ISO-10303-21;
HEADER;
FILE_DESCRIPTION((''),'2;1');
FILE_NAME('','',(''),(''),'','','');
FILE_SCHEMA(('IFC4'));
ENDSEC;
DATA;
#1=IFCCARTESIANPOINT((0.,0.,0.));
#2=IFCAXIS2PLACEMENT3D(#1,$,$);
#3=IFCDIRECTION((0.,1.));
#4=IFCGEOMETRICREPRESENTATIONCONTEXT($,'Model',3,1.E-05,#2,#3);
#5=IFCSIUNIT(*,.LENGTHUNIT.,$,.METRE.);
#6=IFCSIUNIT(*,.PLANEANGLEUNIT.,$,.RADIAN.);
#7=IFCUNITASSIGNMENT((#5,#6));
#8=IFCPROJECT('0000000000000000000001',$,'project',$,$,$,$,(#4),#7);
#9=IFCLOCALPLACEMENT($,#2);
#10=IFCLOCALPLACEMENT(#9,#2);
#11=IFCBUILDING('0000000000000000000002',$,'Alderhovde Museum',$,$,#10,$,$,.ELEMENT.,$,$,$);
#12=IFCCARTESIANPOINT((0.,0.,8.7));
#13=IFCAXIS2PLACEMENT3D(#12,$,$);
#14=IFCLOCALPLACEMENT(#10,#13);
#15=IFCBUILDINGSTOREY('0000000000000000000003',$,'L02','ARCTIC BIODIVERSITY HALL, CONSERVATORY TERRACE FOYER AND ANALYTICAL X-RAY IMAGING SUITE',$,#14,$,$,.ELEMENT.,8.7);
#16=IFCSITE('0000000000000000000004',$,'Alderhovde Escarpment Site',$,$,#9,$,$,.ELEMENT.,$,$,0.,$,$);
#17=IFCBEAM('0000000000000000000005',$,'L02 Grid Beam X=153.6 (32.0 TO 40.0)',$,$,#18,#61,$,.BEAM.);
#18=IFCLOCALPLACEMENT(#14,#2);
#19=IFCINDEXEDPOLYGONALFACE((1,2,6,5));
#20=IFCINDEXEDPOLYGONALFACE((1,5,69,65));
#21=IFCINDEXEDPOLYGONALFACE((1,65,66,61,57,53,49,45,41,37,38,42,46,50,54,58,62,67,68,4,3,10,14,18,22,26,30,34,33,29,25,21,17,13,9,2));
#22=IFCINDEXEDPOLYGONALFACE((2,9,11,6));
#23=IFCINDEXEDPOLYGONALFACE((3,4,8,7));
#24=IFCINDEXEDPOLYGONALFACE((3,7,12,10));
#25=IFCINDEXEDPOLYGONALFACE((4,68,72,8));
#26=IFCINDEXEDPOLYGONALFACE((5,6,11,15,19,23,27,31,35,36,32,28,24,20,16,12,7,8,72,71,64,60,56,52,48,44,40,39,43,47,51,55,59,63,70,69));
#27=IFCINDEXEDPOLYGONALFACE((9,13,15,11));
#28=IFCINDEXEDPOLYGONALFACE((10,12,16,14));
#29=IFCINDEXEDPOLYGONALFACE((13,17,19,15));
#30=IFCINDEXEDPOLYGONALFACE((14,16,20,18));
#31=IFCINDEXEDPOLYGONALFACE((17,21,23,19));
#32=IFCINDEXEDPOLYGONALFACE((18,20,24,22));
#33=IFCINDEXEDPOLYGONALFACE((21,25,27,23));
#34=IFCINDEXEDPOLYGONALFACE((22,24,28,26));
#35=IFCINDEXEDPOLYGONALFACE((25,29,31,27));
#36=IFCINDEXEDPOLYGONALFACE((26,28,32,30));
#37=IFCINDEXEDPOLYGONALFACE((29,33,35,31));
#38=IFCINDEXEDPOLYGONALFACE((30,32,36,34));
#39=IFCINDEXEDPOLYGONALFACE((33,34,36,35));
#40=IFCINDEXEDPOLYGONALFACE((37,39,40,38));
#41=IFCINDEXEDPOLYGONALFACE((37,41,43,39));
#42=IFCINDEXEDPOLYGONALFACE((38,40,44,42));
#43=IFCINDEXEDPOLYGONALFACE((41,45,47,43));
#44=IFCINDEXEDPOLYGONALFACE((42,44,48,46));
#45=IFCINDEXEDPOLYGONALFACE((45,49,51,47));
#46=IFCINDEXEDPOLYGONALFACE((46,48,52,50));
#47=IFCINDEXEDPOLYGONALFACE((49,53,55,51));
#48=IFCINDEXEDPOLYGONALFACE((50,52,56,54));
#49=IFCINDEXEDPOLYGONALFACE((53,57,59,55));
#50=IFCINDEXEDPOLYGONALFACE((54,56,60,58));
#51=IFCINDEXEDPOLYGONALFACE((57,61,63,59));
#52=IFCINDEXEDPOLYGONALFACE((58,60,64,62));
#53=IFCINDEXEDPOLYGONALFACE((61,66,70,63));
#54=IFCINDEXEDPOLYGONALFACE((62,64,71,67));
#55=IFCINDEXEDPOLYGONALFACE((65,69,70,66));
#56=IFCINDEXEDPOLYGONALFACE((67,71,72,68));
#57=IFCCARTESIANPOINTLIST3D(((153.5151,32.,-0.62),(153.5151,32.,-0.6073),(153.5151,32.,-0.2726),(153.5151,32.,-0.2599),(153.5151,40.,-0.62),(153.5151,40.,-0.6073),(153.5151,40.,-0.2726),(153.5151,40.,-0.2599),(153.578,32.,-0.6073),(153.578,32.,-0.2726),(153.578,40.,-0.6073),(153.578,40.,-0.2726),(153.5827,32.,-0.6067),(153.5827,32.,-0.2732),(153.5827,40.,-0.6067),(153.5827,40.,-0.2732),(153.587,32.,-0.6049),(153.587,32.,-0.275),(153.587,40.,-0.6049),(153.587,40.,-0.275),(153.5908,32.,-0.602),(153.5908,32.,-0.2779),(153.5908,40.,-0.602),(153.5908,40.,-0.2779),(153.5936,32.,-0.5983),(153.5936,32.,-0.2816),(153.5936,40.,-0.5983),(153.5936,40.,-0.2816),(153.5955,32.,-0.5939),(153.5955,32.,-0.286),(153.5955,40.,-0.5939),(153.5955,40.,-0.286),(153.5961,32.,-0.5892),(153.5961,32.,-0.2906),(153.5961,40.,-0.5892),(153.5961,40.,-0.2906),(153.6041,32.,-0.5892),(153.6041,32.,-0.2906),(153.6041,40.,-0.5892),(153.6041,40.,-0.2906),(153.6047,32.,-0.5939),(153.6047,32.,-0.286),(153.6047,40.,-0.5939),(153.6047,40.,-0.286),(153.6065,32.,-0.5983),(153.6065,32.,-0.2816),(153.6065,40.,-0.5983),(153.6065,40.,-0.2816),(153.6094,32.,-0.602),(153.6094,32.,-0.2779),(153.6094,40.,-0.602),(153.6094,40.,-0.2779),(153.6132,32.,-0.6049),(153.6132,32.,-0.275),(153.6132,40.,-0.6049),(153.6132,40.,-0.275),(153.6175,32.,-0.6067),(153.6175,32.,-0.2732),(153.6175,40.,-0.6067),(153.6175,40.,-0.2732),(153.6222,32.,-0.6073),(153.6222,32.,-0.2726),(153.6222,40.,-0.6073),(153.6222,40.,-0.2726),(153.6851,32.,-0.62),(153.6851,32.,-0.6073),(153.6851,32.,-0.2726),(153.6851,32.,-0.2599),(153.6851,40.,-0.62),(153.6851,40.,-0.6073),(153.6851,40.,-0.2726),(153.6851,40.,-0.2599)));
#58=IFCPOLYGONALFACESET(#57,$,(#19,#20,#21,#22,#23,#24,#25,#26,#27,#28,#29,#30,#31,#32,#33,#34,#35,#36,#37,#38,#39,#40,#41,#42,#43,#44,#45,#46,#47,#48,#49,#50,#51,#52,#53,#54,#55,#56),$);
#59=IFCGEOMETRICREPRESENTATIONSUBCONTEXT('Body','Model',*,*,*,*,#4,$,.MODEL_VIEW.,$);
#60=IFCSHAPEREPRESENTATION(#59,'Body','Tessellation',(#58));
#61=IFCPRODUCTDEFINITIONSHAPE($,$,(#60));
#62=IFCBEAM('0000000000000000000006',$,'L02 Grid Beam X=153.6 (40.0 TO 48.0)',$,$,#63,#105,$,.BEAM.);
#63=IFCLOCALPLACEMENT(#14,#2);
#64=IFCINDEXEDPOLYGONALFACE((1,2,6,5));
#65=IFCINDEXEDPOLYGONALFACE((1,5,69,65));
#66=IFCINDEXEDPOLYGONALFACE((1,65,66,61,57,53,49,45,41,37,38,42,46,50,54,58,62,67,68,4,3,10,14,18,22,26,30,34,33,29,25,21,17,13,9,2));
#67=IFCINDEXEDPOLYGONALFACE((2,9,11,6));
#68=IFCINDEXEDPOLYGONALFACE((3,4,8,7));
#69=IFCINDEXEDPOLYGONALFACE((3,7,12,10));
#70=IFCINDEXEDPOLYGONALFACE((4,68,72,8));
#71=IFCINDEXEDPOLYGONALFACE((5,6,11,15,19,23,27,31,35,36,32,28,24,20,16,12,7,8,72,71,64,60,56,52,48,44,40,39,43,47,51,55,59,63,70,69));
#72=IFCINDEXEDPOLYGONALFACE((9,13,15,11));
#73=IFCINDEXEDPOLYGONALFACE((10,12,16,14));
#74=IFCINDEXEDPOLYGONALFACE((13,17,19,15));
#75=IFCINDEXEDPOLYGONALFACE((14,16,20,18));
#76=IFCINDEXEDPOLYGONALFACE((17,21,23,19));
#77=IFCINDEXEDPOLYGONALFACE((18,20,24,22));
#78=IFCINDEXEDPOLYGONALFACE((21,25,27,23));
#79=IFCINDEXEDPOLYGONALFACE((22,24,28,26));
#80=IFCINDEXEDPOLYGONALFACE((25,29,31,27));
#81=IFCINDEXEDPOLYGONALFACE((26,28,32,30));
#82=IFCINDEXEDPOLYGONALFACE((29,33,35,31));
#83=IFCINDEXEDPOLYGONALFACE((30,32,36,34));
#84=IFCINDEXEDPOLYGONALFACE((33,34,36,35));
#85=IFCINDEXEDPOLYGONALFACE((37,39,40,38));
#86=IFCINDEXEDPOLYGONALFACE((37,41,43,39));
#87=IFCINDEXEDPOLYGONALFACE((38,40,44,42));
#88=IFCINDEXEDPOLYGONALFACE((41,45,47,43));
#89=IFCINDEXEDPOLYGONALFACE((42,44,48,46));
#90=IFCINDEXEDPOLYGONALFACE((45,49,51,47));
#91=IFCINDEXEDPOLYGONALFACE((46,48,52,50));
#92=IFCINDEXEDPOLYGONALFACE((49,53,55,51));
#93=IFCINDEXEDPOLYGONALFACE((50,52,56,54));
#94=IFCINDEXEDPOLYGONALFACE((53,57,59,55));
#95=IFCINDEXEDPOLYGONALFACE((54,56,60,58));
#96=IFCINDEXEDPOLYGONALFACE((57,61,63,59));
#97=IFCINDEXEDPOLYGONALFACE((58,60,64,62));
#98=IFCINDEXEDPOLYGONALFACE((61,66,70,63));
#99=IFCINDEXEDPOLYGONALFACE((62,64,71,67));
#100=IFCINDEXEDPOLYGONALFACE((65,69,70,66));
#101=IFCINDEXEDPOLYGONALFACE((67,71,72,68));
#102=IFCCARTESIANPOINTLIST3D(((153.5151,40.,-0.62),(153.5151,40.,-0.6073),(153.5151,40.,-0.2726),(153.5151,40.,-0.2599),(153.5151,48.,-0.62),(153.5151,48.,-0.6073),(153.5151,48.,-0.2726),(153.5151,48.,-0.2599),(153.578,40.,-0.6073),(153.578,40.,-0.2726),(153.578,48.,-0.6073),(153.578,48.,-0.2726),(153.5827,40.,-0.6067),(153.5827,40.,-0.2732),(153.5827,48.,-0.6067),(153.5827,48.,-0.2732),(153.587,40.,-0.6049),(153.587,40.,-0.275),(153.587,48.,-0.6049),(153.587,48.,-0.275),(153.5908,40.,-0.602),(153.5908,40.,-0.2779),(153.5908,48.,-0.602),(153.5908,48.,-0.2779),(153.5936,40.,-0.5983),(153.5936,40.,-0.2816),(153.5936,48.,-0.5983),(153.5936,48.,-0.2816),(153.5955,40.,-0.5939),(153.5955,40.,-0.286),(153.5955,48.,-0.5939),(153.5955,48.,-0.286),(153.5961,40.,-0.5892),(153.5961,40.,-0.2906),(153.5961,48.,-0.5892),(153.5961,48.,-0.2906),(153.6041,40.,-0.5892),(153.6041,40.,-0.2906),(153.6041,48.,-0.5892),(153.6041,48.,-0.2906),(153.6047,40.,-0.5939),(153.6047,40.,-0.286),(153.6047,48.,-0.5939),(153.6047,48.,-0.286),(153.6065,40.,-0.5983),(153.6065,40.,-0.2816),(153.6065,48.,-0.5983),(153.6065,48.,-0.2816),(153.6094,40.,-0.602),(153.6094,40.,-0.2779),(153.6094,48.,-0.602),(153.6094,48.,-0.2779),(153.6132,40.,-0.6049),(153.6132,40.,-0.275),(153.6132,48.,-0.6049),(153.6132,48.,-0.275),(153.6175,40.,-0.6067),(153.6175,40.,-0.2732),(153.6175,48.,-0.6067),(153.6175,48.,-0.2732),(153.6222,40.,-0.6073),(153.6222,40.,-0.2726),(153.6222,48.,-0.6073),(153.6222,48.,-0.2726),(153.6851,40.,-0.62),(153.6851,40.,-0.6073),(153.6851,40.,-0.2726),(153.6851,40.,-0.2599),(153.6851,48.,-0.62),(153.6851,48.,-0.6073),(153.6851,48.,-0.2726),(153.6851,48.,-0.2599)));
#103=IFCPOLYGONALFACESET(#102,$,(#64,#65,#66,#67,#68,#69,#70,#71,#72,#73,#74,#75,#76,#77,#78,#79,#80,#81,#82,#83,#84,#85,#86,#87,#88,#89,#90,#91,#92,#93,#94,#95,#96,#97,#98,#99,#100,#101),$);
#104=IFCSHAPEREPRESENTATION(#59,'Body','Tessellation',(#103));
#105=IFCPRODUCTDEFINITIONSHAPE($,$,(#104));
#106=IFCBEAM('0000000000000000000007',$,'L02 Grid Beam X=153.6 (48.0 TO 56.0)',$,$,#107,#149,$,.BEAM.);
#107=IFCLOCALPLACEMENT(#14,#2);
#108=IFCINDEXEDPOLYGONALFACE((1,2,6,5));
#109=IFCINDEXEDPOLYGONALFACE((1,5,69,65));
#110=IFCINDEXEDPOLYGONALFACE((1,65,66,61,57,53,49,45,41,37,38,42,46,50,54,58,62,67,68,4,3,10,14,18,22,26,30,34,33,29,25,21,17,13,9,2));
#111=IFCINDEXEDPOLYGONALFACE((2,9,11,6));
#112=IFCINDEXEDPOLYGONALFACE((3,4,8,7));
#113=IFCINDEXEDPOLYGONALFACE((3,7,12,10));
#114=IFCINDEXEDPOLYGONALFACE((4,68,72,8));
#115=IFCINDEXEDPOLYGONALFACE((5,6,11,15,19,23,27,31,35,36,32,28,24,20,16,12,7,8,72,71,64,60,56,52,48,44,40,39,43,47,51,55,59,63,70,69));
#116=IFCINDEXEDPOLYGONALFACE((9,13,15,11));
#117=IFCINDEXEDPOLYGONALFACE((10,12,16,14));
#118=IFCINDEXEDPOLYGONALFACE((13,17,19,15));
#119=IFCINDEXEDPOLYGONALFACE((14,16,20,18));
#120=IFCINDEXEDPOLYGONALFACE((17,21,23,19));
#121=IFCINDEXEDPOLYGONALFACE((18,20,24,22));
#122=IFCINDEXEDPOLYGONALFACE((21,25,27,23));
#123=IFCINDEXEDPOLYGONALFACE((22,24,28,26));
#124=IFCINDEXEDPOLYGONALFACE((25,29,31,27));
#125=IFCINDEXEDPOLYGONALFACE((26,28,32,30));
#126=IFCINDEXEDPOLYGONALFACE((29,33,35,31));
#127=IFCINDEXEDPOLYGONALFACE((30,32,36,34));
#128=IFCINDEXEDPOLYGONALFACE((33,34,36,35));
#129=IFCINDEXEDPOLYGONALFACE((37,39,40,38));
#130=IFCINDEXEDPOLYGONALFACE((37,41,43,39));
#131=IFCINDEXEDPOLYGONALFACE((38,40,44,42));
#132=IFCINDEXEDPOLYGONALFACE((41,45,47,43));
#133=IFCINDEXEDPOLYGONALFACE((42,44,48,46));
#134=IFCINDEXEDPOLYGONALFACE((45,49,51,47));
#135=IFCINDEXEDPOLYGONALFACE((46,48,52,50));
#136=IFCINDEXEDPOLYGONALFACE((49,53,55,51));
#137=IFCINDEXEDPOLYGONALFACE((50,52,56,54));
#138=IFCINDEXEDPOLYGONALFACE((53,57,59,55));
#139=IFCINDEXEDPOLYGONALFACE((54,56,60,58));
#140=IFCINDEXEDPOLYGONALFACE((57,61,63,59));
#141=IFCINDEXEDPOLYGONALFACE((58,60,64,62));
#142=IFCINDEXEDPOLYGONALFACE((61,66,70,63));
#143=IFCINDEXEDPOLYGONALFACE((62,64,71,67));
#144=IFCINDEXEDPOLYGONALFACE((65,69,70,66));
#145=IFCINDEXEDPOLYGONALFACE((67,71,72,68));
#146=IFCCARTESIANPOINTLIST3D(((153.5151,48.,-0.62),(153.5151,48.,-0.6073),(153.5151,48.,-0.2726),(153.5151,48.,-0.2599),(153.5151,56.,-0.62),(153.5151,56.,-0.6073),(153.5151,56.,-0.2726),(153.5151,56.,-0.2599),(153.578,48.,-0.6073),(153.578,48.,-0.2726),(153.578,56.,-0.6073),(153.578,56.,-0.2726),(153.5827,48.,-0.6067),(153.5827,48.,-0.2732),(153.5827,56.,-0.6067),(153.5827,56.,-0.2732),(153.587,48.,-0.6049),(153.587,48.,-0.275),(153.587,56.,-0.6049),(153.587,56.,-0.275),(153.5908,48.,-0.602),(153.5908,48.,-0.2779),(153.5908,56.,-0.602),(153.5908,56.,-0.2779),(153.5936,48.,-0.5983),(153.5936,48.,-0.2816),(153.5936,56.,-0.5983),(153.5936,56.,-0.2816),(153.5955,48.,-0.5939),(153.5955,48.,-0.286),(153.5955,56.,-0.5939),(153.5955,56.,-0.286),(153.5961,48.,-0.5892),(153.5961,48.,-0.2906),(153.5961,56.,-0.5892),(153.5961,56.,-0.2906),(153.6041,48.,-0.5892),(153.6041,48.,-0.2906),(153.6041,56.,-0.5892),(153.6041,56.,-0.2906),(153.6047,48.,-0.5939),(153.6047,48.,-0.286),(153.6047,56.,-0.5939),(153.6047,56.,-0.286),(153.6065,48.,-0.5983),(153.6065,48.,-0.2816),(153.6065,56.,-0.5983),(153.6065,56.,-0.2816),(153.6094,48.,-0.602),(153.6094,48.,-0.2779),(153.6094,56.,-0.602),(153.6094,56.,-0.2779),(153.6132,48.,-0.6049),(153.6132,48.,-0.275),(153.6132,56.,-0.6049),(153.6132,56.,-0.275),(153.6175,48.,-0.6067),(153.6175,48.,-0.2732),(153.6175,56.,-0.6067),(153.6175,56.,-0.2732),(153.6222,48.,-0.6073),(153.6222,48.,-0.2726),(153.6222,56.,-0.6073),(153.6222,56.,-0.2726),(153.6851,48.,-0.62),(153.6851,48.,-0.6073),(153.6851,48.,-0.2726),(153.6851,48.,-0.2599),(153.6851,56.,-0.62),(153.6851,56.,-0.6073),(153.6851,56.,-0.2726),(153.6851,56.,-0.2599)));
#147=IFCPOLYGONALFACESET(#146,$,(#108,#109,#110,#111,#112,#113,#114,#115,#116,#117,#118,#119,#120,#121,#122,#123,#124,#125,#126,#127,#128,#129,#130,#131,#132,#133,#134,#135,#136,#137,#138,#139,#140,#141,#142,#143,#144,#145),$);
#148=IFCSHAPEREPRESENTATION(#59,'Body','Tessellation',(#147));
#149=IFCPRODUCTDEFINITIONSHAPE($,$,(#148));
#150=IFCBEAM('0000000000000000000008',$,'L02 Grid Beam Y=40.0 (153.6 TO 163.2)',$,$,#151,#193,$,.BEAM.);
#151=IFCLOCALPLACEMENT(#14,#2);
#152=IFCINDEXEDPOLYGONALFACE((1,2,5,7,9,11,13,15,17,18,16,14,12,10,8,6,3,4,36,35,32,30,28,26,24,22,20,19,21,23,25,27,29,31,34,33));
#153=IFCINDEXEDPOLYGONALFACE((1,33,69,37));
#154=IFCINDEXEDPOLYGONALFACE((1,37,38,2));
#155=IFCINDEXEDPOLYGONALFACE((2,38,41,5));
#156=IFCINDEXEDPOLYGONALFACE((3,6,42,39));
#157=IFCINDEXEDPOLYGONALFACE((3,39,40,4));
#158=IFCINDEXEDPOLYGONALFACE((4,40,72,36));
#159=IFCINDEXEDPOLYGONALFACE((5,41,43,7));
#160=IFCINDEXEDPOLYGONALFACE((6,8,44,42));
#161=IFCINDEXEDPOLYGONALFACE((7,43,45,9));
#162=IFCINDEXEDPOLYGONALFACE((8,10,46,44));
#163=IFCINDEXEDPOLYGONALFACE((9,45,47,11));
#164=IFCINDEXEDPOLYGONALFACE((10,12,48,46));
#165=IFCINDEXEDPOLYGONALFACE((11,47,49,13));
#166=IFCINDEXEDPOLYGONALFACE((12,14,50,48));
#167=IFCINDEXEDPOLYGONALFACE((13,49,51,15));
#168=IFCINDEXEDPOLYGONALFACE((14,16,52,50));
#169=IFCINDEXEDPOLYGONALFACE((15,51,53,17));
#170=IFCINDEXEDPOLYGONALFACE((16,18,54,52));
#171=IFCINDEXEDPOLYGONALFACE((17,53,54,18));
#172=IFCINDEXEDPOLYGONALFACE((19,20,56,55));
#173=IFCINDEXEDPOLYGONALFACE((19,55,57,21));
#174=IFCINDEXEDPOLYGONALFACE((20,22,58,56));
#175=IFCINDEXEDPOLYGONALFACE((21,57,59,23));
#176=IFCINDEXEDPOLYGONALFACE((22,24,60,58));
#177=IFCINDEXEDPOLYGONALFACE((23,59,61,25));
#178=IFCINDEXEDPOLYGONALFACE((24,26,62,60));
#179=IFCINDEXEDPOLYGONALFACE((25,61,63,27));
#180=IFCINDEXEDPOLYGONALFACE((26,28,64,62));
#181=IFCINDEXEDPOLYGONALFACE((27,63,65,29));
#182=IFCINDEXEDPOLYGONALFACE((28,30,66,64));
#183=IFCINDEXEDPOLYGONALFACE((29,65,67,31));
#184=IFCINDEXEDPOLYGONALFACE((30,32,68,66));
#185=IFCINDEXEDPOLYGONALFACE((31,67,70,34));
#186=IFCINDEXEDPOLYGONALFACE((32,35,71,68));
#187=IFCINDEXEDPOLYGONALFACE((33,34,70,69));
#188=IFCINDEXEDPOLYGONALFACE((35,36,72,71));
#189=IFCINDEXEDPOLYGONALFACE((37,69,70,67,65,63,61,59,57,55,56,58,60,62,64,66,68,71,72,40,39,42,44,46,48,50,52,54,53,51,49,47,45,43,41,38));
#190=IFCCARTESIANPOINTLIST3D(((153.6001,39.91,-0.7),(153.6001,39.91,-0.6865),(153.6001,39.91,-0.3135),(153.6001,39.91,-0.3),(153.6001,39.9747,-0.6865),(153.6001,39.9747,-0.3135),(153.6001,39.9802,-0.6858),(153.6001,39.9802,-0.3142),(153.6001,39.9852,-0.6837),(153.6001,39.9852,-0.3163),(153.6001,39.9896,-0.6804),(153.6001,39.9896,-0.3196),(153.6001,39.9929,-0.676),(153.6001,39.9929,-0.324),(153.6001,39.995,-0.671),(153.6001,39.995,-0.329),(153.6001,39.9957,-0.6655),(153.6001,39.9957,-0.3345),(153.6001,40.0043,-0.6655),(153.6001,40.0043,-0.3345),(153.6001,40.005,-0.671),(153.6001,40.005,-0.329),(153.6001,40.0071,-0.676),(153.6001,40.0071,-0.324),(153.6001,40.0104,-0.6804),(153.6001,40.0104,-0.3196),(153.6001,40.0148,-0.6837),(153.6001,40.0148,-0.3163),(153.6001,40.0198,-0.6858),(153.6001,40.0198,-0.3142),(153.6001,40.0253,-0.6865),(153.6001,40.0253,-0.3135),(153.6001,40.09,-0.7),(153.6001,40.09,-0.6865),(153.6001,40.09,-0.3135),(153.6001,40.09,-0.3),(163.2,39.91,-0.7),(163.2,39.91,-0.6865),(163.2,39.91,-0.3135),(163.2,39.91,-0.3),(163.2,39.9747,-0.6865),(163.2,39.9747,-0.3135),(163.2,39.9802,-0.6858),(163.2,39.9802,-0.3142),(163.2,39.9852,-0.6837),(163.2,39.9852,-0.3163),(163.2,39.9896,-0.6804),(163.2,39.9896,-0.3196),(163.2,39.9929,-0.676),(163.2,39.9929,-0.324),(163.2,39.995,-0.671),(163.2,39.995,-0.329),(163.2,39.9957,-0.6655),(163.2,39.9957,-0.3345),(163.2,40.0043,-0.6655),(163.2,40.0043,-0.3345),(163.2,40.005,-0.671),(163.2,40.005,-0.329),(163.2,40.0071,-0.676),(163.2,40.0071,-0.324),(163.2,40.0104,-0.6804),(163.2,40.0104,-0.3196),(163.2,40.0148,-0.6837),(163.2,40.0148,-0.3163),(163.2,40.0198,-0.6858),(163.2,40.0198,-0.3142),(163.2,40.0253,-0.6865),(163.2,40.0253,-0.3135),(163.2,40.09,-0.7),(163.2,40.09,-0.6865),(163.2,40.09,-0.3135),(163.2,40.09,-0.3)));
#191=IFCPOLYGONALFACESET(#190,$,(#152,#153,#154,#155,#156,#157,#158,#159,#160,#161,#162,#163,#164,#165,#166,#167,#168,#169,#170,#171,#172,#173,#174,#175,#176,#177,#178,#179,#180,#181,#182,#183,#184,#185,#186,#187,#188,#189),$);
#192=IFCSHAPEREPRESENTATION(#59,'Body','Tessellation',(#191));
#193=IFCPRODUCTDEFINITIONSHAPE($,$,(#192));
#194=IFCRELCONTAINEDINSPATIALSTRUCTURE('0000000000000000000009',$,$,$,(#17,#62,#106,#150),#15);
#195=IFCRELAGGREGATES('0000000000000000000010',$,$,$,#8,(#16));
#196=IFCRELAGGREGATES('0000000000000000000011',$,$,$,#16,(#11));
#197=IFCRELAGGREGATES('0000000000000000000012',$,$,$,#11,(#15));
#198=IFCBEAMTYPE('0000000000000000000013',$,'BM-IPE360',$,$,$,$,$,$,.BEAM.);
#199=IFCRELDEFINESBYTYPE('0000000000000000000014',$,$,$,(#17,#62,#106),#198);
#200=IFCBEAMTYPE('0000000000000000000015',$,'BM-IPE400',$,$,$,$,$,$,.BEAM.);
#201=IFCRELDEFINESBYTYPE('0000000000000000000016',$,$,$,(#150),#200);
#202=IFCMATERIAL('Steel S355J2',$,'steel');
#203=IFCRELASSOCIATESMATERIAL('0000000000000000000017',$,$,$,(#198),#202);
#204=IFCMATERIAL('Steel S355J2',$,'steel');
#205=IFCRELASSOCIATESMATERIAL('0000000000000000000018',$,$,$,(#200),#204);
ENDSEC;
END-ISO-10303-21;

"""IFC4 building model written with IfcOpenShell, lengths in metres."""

from ifc_helpers import new_model, si_unit, direction, frame, origin, origin_2d, place, context, subcontext, project, spatial, i_section, extrude, material, material_profile, profile_set, type_object, element, save


model = new_model("IFC4")

# Units and contexts
model_context = context("Model", 3, precision=1e-05, world=origin(), true_north=direction((0.0, 1.0)))
body_context = subcontext(model_context, "Body", "Model", "MODEL_VIEW")
ifc_project = project(units=[si_unit("LENGTHUNIT", "METRE"), si_unit("PLANEANGLEUNIT", "RADIAN")], contexts=[model_context])

# Site, building, storey
site_placement = place(None, origin())
site = spatial("IfcSite", under=ifc_project, at=site_placement, Name="Alderhovde Escarpment Site", CompositionType="ELEMENT", RefElevation=0.0)
building_placement = place(site_placement, origin())
building = spatial("IfcBuilding", under=site, at=building_placement, Name="Alderhovde Museum", CompositionType="ELEMENT")
storey_placement = place(building_placement, frame((0.0, 0.0, 8.7)))
storey = spatial("IfcBuildingStorey", under=building, at=storey_placement, Name="L02", Description="ARCTIC BIODIVERSITY HALL, CONSERVATORY TERRACE FOYER AND ANALYTICAL X-RAY IMAGING SUITE", CompositionType="ELEMENT", Elevation=8.7)

# Beams
ifc_material_1 = material(Name="Steel S355J2", Category="steel")
ifc_material_profile_1 = material_profile(ifc_material_1, i_section(OverallWidth=0.1699, OverallDepth=0.3601, WebThickness=0.0081, FlangeThickness=0.0127, FilletRadius=0.0181, at=origin_2d()), Name="IPE 360")
ifc_profile_set_1 = profile_set([ifc_material_profile_1], Name="Steel S355J2")
beam_type_1 = type_object("IfcBeamType", Name="BM-IPE360", PredefinedType="BEAM", material=ifc_profile_set_1)
for number, where, z_axis, x_axis, name in (
    (1, (153.6001, 32.0, -0.4399), (0.0, 1.0, 0.0), (-1.0, 0.0, 0.0), "L02 Grid Beam X=153.6 (32.0 TO 40.0)"),
    (2, (153.6001, 40.0, -0.4399), (0.0, 1.0, 0.0), (-1.0, 0.0, 0.0), "L02 Grid Beam X=153.6 (40.0 TO 48.0)"),
    (3, (153.6001, 48.0, -0.4399), (0.0, 1.0, 0.0), (-1.0, 0.0, 0.0), "L02 Grid Beam X=153.6 (48.0 TO 56.0)"),
):
    element("IfcBeam", number, at=place(storey_placement, frame(where, z_axis=z_axis, x_axis=x_axis)), inside=storey, type_object=beam_type_1, Name=name, PredefinedType="BEAM", context=body_context, shape_type="SweptSolid", body=[
        extrude(i_section(OverallWidth=0.1699, OverallDepth=0.3601, WebThickness=0.0081, FlangeThickness=0.0127, FilletRadius=0.0181, at=origin_2d()), origin(), (0.0, 0.0, 1.0), 8.0),
    ])
ifc_material_2 = material(Name="Steel S355J2", Category="steel")
ifc_material_profile_2 = material_profile(ifc_material_2, i_section(OverallWidth=0.1799, OverallDepth=0.3999, WebThickness=0.0085, FlangeThickness=0.0134, FilletRadius=0.021, at=origin_2d()), Name="IPE 400")
ifc_profile_set_2 = profile_set([ifc_material_profile_2], Name="Steel S355J2")
beam_type_2 = type_object("IfcBeamType", Name="BM-IPE400", PredefinedType="BEAM", material=ifc_profile_set_2)
for number, where, z_axis, x_axis, name in (
    (4, (153.6001, 40.0, -0.5), (1.0, 0.0, 0.0), (0.0, 1.0, 0.0), "L02 Grid Beam Y=40.0 (153.6 TO 163.2)"),
):
    element("IfcBeam", number, at=place(storey_placement, frame(where, z_axis=z_axis, x_axis=x_axis)), inside=storey, type_object=beam_type_2, Name=name, PredefinedType="BEAM", context=body_context, shape_type="SweptSolid", body=[
        extrude(i_section(OverallWidth=0.1799, OverallDepth=0.3999, WebThickness=0.0085, FlangeThickness=0.0134, FilletRadius=0.021, at=origin_2d()), origin(), (0.0, 0.0, 1.0), 9.5999),
    ])

save(model, "model.ifc")
